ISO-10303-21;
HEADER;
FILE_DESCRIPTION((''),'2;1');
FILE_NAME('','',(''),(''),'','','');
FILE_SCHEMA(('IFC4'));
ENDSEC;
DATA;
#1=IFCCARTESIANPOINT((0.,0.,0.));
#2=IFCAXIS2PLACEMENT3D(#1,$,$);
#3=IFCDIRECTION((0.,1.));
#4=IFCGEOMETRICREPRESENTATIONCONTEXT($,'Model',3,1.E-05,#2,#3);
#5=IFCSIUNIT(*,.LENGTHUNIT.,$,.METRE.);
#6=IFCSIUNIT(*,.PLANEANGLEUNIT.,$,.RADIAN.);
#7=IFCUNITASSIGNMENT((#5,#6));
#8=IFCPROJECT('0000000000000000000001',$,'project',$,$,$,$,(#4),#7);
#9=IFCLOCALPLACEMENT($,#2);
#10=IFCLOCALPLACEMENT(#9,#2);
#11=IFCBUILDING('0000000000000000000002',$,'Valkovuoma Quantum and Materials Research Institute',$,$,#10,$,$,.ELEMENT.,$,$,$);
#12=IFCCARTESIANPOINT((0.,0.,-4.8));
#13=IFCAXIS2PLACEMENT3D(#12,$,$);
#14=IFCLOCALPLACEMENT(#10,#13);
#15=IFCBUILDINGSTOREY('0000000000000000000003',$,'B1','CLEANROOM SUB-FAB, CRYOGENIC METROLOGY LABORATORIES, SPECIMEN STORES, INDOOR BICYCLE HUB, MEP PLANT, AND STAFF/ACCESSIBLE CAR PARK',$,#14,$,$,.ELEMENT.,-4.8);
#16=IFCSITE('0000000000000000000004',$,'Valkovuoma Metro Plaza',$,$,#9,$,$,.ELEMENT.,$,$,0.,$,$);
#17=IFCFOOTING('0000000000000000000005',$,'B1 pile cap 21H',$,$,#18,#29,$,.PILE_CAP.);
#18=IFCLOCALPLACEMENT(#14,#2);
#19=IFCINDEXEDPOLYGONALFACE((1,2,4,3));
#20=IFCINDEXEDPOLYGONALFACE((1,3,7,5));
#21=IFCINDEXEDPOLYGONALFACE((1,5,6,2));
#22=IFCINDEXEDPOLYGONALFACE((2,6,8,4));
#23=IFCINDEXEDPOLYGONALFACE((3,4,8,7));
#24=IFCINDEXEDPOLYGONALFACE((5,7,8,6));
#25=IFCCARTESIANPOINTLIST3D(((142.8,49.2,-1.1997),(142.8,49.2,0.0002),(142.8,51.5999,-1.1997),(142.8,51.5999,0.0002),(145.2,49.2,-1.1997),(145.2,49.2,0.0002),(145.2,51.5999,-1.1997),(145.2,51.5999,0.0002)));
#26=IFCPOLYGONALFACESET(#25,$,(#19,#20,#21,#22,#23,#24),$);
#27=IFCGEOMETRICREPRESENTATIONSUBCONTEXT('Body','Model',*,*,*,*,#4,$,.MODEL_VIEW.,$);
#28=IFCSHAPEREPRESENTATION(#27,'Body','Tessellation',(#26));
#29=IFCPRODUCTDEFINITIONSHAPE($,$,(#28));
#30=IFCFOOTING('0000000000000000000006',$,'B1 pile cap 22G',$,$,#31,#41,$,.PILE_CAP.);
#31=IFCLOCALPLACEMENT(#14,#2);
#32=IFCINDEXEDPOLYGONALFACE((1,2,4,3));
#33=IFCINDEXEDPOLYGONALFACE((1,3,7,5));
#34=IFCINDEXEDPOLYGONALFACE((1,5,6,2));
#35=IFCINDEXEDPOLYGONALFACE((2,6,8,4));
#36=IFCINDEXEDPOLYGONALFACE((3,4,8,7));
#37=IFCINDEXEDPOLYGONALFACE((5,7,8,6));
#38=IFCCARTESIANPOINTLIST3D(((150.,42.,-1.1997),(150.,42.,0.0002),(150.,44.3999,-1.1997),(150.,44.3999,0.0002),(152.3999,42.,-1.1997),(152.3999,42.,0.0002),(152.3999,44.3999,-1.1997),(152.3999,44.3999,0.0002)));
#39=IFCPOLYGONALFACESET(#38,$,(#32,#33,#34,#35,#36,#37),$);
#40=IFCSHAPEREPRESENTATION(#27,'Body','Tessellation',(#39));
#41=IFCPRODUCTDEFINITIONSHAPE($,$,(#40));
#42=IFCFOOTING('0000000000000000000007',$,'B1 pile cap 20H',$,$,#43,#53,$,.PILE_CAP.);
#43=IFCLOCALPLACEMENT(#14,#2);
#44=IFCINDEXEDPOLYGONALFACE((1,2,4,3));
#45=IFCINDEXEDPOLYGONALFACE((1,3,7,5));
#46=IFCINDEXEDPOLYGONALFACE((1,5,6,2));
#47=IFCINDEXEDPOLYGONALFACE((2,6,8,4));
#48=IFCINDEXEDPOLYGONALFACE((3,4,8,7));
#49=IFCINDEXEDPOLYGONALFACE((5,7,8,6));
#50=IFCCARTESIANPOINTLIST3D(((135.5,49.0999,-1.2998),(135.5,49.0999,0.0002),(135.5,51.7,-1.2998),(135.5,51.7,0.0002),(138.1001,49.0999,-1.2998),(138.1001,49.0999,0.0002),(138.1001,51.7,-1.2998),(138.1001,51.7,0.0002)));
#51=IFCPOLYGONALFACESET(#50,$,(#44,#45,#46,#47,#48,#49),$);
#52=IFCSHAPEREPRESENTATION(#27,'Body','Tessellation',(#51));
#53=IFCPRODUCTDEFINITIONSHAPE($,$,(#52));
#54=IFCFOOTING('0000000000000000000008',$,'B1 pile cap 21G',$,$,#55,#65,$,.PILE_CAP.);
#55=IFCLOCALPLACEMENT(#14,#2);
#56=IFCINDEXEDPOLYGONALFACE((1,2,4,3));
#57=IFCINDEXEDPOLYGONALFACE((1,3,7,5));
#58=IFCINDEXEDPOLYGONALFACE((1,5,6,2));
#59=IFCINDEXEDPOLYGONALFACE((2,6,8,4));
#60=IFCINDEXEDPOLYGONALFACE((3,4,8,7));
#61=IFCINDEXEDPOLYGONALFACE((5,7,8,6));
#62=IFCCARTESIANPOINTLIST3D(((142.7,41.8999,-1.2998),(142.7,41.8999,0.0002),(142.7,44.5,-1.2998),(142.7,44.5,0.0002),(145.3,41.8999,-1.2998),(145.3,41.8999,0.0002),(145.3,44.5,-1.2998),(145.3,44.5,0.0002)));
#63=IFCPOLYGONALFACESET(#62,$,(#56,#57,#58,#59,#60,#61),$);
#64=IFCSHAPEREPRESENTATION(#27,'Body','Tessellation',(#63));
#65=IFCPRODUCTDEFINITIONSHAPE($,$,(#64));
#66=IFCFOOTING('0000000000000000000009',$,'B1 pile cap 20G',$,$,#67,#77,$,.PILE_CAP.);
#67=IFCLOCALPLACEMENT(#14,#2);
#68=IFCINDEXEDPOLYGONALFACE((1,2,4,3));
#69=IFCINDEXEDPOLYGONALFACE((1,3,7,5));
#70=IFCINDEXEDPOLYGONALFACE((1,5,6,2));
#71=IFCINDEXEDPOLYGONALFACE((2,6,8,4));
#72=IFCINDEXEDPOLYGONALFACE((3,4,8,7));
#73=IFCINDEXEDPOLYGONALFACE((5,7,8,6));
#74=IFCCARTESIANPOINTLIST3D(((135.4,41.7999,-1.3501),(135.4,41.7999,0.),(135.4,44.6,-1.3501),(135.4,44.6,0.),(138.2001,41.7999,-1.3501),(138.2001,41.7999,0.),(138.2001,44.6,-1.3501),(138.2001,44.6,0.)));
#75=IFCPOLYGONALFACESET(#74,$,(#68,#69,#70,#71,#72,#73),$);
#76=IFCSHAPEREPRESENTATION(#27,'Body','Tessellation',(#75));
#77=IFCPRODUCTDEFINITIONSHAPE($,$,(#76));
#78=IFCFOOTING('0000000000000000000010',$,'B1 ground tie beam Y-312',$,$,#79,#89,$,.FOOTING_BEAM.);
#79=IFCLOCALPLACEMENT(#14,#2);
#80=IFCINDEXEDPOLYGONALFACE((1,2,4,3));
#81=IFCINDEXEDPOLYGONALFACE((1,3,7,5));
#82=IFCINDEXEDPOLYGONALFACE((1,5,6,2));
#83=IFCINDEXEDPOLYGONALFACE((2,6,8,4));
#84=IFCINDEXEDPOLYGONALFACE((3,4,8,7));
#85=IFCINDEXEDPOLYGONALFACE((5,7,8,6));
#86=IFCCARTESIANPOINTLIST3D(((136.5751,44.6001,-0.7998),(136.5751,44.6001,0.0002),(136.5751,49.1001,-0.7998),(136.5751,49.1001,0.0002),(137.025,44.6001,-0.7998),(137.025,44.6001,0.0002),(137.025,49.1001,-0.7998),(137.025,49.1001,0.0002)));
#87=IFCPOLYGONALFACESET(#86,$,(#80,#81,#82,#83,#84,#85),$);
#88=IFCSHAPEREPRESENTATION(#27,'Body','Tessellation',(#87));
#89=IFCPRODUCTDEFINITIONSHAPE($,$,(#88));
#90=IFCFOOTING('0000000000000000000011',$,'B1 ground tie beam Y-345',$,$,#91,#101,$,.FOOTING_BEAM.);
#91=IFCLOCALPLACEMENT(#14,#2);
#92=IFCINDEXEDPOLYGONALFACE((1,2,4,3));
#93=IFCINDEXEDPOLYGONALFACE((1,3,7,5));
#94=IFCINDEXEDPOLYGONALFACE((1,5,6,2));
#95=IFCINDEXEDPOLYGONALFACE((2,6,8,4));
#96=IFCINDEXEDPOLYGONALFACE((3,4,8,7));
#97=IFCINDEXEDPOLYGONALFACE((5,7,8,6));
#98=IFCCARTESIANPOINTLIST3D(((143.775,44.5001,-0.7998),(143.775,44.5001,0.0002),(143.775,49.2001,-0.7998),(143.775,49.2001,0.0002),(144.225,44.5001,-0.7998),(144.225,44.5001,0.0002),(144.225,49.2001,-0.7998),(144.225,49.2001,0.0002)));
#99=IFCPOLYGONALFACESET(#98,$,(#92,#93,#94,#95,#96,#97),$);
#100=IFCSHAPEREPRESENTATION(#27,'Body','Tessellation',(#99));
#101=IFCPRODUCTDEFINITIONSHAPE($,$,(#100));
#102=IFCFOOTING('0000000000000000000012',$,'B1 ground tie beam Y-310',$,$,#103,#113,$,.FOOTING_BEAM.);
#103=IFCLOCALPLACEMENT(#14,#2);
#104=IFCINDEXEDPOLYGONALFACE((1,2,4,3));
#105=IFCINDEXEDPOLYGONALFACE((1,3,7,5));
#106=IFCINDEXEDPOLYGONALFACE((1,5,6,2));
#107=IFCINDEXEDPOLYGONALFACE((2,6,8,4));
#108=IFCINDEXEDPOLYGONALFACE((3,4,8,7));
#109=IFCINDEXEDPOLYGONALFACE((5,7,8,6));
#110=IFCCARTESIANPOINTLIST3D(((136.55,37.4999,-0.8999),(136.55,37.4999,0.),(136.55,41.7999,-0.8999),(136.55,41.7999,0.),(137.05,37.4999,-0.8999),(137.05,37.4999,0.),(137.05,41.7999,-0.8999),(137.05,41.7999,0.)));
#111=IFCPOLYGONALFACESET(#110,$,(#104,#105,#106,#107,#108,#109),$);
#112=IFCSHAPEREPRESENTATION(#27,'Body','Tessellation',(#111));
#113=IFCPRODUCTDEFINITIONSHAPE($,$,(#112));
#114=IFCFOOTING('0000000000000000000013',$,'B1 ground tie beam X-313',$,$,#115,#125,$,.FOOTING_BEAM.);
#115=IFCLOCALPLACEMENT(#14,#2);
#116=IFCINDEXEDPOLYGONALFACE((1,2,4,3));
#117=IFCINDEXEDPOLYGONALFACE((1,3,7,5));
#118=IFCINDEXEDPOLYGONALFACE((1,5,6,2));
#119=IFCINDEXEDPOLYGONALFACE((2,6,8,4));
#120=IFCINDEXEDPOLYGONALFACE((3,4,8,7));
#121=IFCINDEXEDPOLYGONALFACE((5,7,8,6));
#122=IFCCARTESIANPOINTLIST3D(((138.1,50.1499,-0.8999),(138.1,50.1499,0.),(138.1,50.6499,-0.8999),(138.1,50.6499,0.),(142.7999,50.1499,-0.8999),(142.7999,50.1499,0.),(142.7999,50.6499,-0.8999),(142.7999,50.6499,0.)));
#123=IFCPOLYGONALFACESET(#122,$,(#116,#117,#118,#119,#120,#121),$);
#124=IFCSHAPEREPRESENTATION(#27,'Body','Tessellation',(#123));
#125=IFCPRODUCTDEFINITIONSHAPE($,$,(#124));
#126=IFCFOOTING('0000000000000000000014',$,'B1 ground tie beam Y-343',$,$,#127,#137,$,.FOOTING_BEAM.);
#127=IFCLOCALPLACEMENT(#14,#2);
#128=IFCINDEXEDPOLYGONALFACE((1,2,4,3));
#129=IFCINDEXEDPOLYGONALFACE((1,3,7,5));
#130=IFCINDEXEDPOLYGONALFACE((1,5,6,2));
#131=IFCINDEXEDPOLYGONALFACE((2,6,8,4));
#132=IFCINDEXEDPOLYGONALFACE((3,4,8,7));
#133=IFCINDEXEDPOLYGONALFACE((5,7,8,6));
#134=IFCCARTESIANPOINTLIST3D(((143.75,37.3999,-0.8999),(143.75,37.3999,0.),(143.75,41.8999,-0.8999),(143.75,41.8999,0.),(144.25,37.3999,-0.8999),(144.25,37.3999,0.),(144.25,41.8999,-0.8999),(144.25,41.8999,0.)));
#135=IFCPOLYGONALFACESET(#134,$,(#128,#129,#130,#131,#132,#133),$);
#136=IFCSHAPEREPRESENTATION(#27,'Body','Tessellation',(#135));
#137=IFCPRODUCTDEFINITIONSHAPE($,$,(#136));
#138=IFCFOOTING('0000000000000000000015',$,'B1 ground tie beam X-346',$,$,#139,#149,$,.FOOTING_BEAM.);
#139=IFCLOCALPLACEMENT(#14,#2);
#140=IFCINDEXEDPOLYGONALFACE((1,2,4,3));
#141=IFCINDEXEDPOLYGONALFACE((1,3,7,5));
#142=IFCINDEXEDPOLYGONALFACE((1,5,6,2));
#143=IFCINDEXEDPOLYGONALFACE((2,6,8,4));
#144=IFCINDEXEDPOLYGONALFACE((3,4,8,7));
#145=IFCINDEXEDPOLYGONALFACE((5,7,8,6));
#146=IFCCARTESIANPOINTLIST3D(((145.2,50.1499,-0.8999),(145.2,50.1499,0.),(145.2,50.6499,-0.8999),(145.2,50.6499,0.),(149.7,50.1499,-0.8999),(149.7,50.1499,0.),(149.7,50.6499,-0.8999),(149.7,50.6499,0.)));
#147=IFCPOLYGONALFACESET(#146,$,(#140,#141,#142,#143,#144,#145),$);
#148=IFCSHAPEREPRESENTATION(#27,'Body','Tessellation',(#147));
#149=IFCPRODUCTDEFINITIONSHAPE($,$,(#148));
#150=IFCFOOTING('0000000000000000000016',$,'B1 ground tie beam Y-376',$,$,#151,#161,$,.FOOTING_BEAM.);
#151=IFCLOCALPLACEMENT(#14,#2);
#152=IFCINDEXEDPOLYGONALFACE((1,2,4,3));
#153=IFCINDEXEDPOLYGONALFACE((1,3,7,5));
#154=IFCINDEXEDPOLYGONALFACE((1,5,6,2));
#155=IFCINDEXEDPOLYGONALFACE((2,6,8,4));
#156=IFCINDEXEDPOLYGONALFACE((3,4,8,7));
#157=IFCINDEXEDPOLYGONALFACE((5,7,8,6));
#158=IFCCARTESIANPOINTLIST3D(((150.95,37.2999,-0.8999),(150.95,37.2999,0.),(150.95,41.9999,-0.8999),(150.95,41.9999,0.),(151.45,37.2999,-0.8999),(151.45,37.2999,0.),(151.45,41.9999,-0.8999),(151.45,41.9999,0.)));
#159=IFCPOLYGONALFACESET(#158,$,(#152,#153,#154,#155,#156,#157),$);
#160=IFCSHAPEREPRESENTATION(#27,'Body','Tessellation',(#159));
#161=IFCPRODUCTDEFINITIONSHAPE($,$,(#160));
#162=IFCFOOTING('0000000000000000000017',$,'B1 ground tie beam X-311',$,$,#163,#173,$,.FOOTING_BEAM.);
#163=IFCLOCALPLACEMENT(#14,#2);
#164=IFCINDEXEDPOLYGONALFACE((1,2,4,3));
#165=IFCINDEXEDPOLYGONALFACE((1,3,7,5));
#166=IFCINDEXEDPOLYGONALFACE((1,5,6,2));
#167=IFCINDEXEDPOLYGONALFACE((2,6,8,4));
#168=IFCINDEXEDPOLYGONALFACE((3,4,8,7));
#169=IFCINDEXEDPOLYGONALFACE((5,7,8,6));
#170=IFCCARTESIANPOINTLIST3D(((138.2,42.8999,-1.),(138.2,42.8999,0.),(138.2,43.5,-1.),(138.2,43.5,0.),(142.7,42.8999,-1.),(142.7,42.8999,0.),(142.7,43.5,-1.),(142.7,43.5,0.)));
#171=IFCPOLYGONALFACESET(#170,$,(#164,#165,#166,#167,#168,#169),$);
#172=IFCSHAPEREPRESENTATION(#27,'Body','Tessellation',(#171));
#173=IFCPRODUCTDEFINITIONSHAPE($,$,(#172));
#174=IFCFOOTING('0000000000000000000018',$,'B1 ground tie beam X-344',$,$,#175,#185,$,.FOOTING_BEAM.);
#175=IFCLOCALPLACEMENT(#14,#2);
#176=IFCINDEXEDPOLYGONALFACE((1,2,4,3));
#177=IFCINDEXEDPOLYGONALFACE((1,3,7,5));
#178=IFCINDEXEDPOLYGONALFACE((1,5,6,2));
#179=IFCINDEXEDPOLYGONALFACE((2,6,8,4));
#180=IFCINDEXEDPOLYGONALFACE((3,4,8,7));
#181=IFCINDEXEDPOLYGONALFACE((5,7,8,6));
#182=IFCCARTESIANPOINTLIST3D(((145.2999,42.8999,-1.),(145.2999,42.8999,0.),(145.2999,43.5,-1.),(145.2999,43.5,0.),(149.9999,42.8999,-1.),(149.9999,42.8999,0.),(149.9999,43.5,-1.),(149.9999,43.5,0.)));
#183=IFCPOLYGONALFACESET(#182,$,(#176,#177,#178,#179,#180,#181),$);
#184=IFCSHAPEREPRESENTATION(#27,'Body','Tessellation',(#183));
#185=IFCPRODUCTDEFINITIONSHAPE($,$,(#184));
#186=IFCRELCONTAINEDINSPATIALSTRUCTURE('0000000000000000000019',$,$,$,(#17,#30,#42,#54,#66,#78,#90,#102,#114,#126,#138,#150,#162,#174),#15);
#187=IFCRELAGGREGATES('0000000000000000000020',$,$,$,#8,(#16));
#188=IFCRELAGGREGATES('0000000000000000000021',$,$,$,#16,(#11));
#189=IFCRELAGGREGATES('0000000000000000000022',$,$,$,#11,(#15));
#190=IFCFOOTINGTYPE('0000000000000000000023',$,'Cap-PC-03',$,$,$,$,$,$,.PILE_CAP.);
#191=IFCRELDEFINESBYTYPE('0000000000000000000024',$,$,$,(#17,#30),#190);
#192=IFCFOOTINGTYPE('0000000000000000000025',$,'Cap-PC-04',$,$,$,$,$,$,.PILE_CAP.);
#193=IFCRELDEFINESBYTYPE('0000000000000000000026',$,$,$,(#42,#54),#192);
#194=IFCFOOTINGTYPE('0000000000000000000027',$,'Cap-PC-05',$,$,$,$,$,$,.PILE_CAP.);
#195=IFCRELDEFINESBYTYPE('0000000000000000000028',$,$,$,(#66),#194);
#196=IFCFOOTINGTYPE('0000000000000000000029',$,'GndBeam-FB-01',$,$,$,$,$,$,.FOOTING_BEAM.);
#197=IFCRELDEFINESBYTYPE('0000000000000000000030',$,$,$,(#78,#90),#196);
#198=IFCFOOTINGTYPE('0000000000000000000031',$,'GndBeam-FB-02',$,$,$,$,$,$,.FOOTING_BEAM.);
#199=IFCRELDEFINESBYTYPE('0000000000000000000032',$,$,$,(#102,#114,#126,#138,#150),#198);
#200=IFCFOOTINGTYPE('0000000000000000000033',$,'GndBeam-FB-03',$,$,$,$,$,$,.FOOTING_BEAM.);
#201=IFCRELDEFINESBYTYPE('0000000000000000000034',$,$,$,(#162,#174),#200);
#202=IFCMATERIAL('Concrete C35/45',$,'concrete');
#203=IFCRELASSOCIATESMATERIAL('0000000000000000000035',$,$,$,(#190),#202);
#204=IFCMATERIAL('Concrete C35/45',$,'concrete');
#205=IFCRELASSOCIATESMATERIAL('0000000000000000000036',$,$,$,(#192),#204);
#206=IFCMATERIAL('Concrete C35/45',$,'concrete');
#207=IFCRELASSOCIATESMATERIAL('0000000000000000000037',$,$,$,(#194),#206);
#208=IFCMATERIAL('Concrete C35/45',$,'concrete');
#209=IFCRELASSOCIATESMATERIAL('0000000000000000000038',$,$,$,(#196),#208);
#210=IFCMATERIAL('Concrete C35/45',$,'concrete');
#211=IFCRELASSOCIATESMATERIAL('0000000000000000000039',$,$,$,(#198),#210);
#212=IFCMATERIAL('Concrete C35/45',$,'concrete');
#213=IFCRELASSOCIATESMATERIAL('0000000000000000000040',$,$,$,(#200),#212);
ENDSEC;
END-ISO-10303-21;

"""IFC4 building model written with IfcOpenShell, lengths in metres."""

from ifc_helpers import new_model, si_unit, direction, frame, origin, origin_2d, place, context, subcontext, project, spatial, rectangle, extrude, material, type_object, element, save


model = new_model("IFC4")

# Units and contexts
model_context = context("Model", 3, precision=1e-05, world=origin(), true_north=direction((0.0, 1.0)))
body_context = subcontext(model_context, "Body", "Model", "MODEL_VIEW")
ifc_project = project(units=[si_unit("LENGTHUNIT", "METRE"), si_unit("PLANEANGLEUNIT", "RADIAN")], contexts=[model_context])

# Site, building, storey
site_placement = place(None, origin())
site = spatial("IfcSite", under=ifc_project, at=site_placement, Name="Valkovuoma Metro Plaza", CompositionType="ELEMENT", RefElevation=0.0)
building_placement = place(site_placement, origin())
building = spatial("IfcBuilding", under=site, at=building_placement, Name="Valkovuoma Quantum and Materials Research Institute", CompositionType="ELEMENT")
storey_placement = place(building_placement, frame((0.0, 0.0, -4.8)))
storey = spatial("IfcBuildingStorey", under=building, at=storey_placement, Name="B1", Description="CLEANROOM SUB-FAB, CRYOGENIC METROLOGY LABORATORIES, SPECIMEN STORES, INDOOR BICYCLE HUB, MEP PLANT, AND STAFF/ACCESSIBLE CAR PARK", CompositionType="ELEMENT", Elevation=-4.8)

# Footings
ifc_material_1 = material(Name="Concrete C35/45", Category="concrete")
footing_type_1 = type_object("IfcFootingType", Name="Cap-PC-03", PredefinedType="PILE_CAP", material=ifc_material_1)
for number, where, z_axis, x_axis, name in (
    (1, (144.0, 50.3999, -1.1997), (0.0, 0.0, 1.0), (1.0, 0.0, 0.0), "B1 pile cap 21H"),
    (2, (151.2, 43.2, -1.1997), (0.0, 0.0, 1.0), (1.0, 0.0, 0.0), "B1 pile cap 22G"),
):
    element("IfcFooting", number, at=place(storey_placement, frame(where, z_axis=z_axis, x_axis=x_axis)), inside=storey, type_object=footing_type_1, Name=name, PredefinedType="PILE_CAP", context=body_context, shape_type="SweptSolid", body=[
        extrude(rectangle(XDim=2.3999, YDim=2.3999, at=origin_2d()), origin(), (0.0, 0.0, 1.0), 1.2),
    ])
ifc_material_2 = material(Name="Concrete C35/45", Category="concrete")
footing_type_2 = type_object("IfcFootingType", Name="Cap-PC-04", PredefinedType="PILE_CAP", material=ifc_material_2)
for number, where, z_axis, x_axis, name in (
    (3, (136.8, 50.3999, -1.2998), (0.0, 0.0, 1.0), (1.0, 0.0, 0.0), "B1 pile cap 20H"),
    (4, (144.0, 43.2, -1.2998), (0.0, 0.0, 1.0), (1.0, 0.0, 0.0), "B1 pile cap 21G"),
):
    element("IfcFooting", number, at=place(storey_placement, frame(where, z_axis=z_axis, x_axis=x_axis)), inside=storey, type_object=footing_type_2, Name=name, PredefinedType="PILE_CAP", context=body_context, shape_type="SweptSolid", body=[
        extrude(rectangle(XDim=2.6001, YDim=2.6001, at=origin_2d()), origin(), (0.0, 0.0, 1.0), 1.3),
    ])
ifc_material_3 = material(Name="Concrete C35/45", Category="concrete")
footing_type_3 = type_object("IfcFootingType", Name="Cap-PC-05", PredefinedType="PILE_CAP", material=ifc_material_3)
footing_1_placement = place(storey_placement, frame((136.8, 43.2, -1.3501), z_axis=(0.0, 0.0, 1.0), x_axis=(1.0, 0.0, 0.0)))
element("IfcFooting", 5, at=footing_1_placement, inside=storey, type_object=footing_type_3, Name="B1 pile cap 20G", PredefinedType="PILE_CAP", context=body_context, shape_type="SweptSolid", body=[
    extrude(rectangle(XDim=2.8, YDim=2.8, at=origin_2d()), origin(), (0.0, 0.0, 1.0), 1.3501),
])
ifc_material_4 = material(Name="Concrete C35/45", Category="concrete")
footing_type_4 = type_object("IfcFootingType", Name="GndBeam-FB-01", PredefinedType="FOOTING_BEAM", material=ifc_material_4)
footing_2_placement = place(storey_placement, frame((136.8, 46.8501, -0.7998), z_axis=(0.0, 0.0, 1.0), x_axis=(0.0, 1.0, 0.0)))
element("IfcFooting", 6, at=footing_2_placement, inside=storey, type_object=footing_type_4, Name="B1 ground tie beam Y-312", PredefinedType="FOOTING_BEAM", context=body_context, shape_type="SweptSolid", body=[
    extrude(rectangle(XDim=4.5, YDim=0.45, at=origin_2d()), origin(), (0.0, 0.0, 1.0), 0.8),
])
footing_3_placement = place(storey_placement, frame((144.0, 46.8501, -0.7998), z_axis=(0.0, 0.0, 1.0), x_axis=(0.0, 1.0, 0.0)))
element("IfcFooting", 7, at=footing_3_placement, inside=storey, type_object=footing_type_4, Name="B1 ground tie beam Y-345", PredefinedType="FOOTING_BEAM", context=body_context, shape_type="SweptSolid", body=[
    extrude(rectangle(XDim=4.7, YDim=0.45, at=origin_2d()), origin(), (0.0, 0.0, 1.0), 0.8),
])
ifc_material_5 = material(Name="Concrete C35/45", Category="concrete")
footing_type_5 = type_object("IfcFootingType", Name="GndBeam-FB-02", PredefinedType="FOOTING_BEAM", material=ifc_material_5)
footing_4_placement = place(storey_placement, frame((136.8, 39.6499, -0.8999), z_axis=(0.0, 0.0, 1.0), x_axis=(0.0, 1.0, 0.0)))
element("IfcFooting", 8, at=footing_4_placement, inside=storey, type_object=footing_type_5, Name="B1 ground tie beam Y-310", PredefinedType="FOOTING_BEAM", context=body_context, shape_type="SweptSolid", body=[
    extrude(rectangle(XDim=4.3, YDim=0.5, at=origin_2d()), origin(), (0.0, 0.0, 1.0), 0.8999),
])
footing_5_placement = place(storey_placement, frame((140.45, 50.3999, -0.8999), z_axis=(0.0, 0.0, 1.0), x_axis=(1.0, 0.0, 0.0)))
element("IfcFooting", 9, at=footing_5_placement, inside=storey, type_object=footing_type_5, Name="B1 ground tie beam X-313", PredefinedType="FOOTING_BEAM", context=body_context, shape_type="SweptSolid", body=[
    extrude(rectangle(XDim=4.7, YDim=0.5, at=origin_2d()), origin(), (0.0, 0.0, 1.0), 0.8999),
])
for number, where, z_axis, x_axis, name in (
    (10, (144.0, 39.6499, -0.8999), (0.0, 0.0, 1.0), (0.0, 1.0, 0.0), "B1 ground tie beam Y-343"),
    (11, (147.45, 50.3999, -0.8999), (0.0, 0.0, 1.0), (1.0, 0.0, 0.0), "B1 ground tie beam X-346"),
):
    element("IfcFooting", number, at=place(storey_placement, frame(where, z_axis=z_axis, x_axis=x_axis)), inside=storey, type_object=footing_type_5, Name=name, PredefinedType="FOOTING_BEAM", context=body_context, shape_type="SweptSolid", body=[
        extrude(rectangle(XDim=4.5, YDim=0.5, at=origin_2d()), origin(), (0.0, 0.0, 1.0), 0.8999),
    ])
footing_6_placement = place(storey_placement, frame((151.2, 39.6499, -0.8999), z_axis=(0.0, 0.0, 1.0), x_axis=(0.0, 1.0, 0.0)))
element("IfcFooting", 12, at=footing_6_placement, inside=storey, type_object=footing_type_5, Name="B1 ground tie beam Y-376", PredefinedType="FOOTING_BEAM", context=body_context, shape_type="SweptSolid", body=[
    extrude(rectangle(XDim=4.7, YDim=0.5, at=origin_2d()), origin(), (0.0, 0.0, 1.0), 0.8999),
])
ifc_material_6 = material(Name="Concrete C35/45", Category="concrete")
footing_type_6 = type_object("IfcFootingType", Name="GndBeam-FB-03", PredefinedType="FOOTING_BEAM", material=ifc_material_6)
footing_7_placement = place(storey_placement, frame((140.45, 43.2, -1.0), z_axis=(0.0, 0.0, 1.0), x_axis=(1.0, 0.0, 0.0)))
element("IfcFooting", 13, at=footing_7_placement, inside=storey, type_object=footing_type_6, Name="B1 ground tie beam X-311", PredefinedType="FOOTING_BEAM", context=body_context, shape_type="SweptSolid", body=[
    extrude(rectangle(XDim=4.5, YDim=0.6001, at=origin_2d()), origin(), (0.0, 0.0, 1.0), 1.0),
])
footing_8_placement = place(storey_placement, frame((147.6499, 43.2, -1.0), z_axis=(0.0, 0.0, 1.0), x_axis=(1.0, 0.0, 0.0)))
element("IfcFooting", 14, at=footing_8_placement, inside=storey, type_object=footing_type_6, Name="B1 ground tie beam X-344", PredefinedType="FOOTING_BEAM", context=body_context, shape_type="SweptSolid", body=[
    extrude(rectangle(XDim=4.7, YDim=0.6001, at=origin_2d()), origin(), (0.0, 0.0, 1.0), 1.0),
])

save(model, "model.ifc")
